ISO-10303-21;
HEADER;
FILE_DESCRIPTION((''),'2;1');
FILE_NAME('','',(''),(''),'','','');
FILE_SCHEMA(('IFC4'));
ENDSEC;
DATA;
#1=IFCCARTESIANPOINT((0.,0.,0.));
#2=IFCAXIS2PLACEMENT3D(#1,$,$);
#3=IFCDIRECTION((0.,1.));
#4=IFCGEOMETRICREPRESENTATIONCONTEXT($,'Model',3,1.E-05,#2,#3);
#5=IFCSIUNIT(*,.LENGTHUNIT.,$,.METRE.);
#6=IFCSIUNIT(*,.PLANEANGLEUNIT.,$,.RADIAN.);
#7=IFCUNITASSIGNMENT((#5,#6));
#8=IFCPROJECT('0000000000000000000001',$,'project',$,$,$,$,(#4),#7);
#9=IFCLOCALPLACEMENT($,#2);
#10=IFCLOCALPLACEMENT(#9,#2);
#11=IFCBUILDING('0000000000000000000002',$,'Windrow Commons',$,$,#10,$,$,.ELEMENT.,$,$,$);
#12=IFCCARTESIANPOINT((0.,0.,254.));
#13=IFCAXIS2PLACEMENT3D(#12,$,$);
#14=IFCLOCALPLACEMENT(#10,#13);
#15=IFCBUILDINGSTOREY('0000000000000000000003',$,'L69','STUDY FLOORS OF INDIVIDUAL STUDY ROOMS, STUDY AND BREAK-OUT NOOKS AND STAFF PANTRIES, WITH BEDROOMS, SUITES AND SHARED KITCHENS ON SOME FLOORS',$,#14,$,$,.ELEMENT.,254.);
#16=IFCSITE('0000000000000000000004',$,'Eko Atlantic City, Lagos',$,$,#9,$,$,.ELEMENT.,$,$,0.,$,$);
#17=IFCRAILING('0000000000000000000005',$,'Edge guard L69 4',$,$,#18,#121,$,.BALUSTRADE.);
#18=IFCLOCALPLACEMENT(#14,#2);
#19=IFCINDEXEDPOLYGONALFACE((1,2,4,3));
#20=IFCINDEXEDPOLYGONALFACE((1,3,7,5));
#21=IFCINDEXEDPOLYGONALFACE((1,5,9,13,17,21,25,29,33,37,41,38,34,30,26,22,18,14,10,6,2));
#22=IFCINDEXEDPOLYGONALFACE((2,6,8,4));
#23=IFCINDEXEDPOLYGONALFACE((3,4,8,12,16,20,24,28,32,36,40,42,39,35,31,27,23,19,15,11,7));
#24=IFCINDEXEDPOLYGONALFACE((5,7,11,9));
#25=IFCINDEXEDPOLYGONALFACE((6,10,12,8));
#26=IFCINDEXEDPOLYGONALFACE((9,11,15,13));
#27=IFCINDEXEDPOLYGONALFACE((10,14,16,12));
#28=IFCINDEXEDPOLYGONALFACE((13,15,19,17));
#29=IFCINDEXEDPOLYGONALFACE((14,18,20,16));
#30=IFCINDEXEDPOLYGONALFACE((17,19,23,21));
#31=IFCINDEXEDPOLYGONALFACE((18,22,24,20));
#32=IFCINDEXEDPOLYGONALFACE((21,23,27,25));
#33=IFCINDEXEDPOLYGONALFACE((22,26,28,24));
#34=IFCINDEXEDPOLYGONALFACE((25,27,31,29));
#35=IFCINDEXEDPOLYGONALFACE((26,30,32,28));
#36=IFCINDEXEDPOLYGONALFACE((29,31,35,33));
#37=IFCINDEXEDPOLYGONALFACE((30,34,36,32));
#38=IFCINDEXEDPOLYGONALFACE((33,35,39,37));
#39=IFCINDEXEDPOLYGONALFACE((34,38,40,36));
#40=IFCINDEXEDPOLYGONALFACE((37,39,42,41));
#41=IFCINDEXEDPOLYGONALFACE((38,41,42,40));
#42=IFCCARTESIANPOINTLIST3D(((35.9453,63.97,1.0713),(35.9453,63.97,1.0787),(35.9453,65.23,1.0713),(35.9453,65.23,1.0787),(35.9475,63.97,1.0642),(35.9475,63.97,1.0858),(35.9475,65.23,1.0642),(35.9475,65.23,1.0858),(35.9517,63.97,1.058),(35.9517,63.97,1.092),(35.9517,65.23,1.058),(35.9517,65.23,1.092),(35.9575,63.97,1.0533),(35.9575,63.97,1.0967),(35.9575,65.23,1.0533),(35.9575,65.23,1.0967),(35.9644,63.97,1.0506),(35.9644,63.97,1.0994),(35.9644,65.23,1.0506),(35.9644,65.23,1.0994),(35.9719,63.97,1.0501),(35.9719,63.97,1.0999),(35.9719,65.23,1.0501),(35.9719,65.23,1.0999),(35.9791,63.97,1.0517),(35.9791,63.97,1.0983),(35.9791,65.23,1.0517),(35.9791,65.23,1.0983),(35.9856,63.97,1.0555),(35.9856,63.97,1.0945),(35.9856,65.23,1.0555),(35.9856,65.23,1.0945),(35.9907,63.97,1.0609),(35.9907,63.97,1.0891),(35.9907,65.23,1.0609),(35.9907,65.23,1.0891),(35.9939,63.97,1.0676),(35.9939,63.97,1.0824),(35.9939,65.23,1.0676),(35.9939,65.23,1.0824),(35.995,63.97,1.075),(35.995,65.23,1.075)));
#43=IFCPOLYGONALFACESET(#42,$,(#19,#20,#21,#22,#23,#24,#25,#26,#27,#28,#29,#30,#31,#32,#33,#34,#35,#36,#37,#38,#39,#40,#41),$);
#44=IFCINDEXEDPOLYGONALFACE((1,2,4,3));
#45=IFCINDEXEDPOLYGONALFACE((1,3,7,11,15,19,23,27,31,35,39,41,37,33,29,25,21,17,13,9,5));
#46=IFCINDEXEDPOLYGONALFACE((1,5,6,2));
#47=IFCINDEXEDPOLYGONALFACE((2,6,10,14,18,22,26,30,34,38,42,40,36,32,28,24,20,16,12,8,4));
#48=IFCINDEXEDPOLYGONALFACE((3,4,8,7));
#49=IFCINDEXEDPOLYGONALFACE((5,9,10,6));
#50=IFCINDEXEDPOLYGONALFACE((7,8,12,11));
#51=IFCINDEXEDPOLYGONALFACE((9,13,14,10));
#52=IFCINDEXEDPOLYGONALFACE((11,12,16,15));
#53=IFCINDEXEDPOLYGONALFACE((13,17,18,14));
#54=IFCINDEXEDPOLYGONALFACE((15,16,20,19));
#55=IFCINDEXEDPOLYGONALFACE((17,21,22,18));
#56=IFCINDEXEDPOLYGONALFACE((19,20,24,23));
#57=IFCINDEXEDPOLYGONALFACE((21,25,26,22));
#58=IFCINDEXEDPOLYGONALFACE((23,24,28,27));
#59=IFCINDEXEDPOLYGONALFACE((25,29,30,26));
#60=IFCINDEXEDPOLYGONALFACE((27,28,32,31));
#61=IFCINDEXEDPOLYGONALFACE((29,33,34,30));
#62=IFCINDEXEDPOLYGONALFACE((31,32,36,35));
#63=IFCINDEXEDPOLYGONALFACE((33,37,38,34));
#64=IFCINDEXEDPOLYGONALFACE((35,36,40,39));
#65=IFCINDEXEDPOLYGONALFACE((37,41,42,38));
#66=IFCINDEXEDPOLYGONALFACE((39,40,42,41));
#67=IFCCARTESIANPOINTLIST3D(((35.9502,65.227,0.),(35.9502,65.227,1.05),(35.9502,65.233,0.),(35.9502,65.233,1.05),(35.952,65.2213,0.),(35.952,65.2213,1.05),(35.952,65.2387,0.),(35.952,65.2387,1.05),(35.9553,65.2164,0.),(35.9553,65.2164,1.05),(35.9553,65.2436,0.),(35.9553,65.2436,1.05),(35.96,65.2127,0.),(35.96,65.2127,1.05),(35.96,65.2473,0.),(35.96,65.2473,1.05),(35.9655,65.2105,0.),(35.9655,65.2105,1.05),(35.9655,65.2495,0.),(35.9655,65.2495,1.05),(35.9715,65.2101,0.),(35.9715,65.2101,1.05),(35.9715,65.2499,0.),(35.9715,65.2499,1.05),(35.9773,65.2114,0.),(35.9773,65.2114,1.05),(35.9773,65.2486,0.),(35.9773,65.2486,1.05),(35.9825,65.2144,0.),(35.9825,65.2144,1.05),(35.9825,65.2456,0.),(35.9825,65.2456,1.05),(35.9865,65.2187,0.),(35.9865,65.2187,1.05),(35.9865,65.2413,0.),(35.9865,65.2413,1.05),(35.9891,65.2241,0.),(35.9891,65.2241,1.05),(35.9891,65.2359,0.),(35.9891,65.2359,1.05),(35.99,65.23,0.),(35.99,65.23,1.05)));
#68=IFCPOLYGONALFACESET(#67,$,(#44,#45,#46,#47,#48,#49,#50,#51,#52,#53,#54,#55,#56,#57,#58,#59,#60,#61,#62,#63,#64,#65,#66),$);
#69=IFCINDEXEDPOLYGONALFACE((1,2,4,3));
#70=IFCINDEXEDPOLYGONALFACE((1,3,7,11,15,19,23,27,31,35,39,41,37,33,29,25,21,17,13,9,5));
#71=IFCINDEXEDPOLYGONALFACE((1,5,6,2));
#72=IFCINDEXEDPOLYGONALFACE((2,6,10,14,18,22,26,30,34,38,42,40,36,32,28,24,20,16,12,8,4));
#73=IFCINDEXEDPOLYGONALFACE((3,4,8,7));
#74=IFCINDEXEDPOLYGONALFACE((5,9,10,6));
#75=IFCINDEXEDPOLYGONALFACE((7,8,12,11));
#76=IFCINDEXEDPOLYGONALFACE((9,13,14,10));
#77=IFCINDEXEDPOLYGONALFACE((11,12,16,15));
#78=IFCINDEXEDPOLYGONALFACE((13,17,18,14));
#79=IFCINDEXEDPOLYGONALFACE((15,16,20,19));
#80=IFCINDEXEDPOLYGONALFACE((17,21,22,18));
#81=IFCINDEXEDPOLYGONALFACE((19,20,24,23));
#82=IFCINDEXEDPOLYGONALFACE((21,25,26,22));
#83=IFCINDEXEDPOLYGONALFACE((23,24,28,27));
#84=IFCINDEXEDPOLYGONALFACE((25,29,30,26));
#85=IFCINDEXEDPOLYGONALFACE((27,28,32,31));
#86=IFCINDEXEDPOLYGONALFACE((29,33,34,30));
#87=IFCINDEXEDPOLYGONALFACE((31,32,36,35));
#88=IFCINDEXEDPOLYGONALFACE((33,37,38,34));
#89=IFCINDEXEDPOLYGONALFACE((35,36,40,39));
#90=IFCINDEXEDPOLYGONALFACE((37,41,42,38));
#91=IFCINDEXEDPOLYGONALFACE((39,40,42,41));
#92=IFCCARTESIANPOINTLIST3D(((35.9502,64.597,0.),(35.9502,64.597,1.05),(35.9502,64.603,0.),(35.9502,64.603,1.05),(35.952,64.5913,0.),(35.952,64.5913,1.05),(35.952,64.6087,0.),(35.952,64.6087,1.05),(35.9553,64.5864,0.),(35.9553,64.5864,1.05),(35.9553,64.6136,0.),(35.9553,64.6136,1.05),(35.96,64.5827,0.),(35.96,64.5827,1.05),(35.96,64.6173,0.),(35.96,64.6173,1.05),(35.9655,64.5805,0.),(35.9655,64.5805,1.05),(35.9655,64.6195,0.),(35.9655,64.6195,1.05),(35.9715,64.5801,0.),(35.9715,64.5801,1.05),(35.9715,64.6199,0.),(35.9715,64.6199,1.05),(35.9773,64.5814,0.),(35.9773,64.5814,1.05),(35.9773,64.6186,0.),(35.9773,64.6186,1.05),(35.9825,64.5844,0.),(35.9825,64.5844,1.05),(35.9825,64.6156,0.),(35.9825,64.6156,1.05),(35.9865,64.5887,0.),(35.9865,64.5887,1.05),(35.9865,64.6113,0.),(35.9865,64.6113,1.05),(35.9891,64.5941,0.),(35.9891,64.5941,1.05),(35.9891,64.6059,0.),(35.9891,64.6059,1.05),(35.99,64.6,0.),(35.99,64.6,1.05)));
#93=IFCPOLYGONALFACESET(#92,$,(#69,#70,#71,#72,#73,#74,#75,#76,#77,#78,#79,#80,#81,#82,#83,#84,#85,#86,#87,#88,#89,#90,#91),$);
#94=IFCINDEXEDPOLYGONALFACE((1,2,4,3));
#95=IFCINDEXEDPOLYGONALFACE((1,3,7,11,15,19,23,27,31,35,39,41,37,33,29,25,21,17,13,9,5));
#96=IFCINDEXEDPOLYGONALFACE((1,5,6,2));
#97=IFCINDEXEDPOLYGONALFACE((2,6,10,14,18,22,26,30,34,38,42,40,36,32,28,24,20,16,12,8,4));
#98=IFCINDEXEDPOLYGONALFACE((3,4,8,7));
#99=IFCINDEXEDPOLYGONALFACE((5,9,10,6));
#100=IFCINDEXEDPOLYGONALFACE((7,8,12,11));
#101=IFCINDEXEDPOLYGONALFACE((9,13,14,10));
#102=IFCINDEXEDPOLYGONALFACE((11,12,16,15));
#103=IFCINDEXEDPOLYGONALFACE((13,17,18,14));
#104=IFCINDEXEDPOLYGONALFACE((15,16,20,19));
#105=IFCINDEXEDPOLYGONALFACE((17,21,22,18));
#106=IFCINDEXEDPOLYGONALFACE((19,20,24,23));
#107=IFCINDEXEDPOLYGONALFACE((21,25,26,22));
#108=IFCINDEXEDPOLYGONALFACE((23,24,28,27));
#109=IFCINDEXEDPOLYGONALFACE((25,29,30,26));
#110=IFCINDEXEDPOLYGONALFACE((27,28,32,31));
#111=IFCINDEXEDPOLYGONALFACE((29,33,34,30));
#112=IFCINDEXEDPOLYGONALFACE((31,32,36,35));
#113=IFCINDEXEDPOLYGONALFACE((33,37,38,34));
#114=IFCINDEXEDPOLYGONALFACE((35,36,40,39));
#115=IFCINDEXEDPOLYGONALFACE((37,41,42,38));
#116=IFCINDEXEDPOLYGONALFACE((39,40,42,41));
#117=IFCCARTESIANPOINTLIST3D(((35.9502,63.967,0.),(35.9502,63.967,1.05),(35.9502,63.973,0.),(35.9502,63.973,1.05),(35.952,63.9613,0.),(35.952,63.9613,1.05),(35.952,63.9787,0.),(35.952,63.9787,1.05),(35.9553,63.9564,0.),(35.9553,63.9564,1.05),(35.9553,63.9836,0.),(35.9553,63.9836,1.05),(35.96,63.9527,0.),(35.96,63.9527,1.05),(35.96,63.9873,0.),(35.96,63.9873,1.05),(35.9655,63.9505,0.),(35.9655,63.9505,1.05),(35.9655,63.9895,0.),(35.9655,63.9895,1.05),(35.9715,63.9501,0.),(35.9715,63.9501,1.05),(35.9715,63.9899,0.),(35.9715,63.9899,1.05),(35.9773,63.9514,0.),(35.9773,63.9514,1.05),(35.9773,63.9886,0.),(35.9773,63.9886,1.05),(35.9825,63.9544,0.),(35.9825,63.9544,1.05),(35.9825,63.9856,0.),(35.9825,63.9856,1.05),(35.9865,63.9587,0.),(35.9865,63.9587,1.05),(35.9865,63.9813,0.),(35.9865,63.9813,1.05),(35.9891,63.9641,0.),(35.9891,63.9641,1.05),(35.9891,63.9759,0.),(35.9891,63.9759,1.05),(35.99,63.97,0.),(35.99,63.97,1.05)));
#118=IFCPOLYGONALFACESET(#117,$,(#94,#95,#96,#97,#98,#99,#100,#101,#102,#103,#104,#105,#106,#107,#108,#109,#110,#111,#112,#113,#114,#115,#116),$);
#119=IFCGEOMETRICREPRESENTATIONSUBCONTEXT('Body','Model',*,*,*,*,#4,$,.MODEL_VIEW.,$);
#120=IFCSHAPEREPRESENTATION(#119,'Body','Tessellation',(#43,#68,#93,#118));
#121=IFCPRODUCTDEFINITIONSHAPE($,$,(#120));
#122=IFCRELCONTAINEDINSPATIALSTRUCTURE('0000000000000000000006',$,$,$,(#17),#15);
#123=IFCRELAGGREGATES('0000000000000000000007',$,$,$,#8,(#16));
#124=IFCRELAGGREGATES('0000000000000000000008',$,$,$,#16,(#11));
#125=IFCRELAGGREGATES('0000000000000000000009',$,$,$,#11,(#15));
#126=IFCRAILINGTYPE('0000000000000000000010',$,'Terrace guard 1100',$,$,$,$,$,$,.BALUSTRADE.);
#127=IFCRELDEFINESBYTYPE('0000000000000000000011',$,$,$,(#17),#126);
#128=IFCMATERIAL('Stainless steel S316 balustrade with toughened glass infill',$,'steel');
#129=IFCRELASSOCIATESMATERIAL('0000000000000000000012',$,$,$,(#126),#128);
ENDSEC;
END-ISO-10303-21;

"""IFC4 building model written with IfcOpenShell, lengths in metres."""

from ifc_helpers import new_model, si_unit, direction, frame, origin, origin_2d, place, context, subcontext, project, spatial, circle, extrude, material, type_object, element, save


model = new_model("IFC4")

# Units and contexts
model_context = context("Model", 3, precision=1e-05, world=origin(), true_north=direction((0.0, 1.0)))
body_context = subcontext(model_context, "Body", "Model", "MODEL_VIEW")
ifc_project = project(units=[si_unit("LENGTHUNIT", "METRE"), si_unit("PLANEANGLEUNIT", "RADIAN")], contexts=[model_context])

# Site, building, storey
site_placement = place(None, origin())
site = spatial("IfcSite", under=ifc_project, at=site_placement, Name="Eko Atlantic City, Lagos", CompositionType="ELEMENT", RefElevation=0.0)
building_placement = place(site_placement, origin())
building = spatial("IfcBuilding", under=site, at=building_placement, Name="Windrow Commons", CompositionType="ELEMENT")
storey_placement = place(building_placement, frame((0.0, 0.0, 254.0)))
storey = spatial("IfcBuildingStorey", under=building, at=storey_placement, Name="L69", Description="STUDY FLOORS OF INDIVIDUAL STUDY ROOMS, STUDY AND BREAK-OUT NOOKS AND STAFF PANTRIES, WITH BEDROOMS, SUITES AND SHARED KITCHENS ON SOME FLOORS", CompositionType="ELEMENT", Elevation=254.0)

# Railing
ifc_material_1 = material(Name="Stainless steel S316 balustrade with toughened glass infill", Category="steel")
railing_type_1 = type_object("IfcRailingType", Name="Terrace guard 1100", PredefinedType="BALUSTRADE", material=ifc_material_1)
railing_1_placement = place(storey_placement, frame((35.97, 65.23, 0.0)))
element("IfcRailing", 1, at=railing_1_placement, inside=storey, type_object=railing_type_1, Name="Edge guard L69 4", PredefinedType="BALUSTRADE", context=body_context, shape_type="SweptSolid", body=[
    extrude(circle(Radius=0.025, at=origin_2d()), frame((0.0, 0.0, 1.075), z_axis=(0.0, -1.0, 0.0), x_axis=(1.0, 0.0, 0.0)), (0.0, 0.0, 1.0), 1.26),
    extrude(circle(Radius=0.02, at=origin_2d()), origin(), (0.0, 0.0, 1.0), 1.05),
    extrude(circle(Radius=0.02, at=origin_2d()), frame((0.0, -0.63, 0.0)), (0.0, 0.0, 1.0), 1.05),
    extrude(circle(Radius=0.02, at=origin_2d()), frame((0.0, -1.26, 0.0)), (0.0, 0.0, 1.0), 1.05),
])

save(model, "model.ifc")
